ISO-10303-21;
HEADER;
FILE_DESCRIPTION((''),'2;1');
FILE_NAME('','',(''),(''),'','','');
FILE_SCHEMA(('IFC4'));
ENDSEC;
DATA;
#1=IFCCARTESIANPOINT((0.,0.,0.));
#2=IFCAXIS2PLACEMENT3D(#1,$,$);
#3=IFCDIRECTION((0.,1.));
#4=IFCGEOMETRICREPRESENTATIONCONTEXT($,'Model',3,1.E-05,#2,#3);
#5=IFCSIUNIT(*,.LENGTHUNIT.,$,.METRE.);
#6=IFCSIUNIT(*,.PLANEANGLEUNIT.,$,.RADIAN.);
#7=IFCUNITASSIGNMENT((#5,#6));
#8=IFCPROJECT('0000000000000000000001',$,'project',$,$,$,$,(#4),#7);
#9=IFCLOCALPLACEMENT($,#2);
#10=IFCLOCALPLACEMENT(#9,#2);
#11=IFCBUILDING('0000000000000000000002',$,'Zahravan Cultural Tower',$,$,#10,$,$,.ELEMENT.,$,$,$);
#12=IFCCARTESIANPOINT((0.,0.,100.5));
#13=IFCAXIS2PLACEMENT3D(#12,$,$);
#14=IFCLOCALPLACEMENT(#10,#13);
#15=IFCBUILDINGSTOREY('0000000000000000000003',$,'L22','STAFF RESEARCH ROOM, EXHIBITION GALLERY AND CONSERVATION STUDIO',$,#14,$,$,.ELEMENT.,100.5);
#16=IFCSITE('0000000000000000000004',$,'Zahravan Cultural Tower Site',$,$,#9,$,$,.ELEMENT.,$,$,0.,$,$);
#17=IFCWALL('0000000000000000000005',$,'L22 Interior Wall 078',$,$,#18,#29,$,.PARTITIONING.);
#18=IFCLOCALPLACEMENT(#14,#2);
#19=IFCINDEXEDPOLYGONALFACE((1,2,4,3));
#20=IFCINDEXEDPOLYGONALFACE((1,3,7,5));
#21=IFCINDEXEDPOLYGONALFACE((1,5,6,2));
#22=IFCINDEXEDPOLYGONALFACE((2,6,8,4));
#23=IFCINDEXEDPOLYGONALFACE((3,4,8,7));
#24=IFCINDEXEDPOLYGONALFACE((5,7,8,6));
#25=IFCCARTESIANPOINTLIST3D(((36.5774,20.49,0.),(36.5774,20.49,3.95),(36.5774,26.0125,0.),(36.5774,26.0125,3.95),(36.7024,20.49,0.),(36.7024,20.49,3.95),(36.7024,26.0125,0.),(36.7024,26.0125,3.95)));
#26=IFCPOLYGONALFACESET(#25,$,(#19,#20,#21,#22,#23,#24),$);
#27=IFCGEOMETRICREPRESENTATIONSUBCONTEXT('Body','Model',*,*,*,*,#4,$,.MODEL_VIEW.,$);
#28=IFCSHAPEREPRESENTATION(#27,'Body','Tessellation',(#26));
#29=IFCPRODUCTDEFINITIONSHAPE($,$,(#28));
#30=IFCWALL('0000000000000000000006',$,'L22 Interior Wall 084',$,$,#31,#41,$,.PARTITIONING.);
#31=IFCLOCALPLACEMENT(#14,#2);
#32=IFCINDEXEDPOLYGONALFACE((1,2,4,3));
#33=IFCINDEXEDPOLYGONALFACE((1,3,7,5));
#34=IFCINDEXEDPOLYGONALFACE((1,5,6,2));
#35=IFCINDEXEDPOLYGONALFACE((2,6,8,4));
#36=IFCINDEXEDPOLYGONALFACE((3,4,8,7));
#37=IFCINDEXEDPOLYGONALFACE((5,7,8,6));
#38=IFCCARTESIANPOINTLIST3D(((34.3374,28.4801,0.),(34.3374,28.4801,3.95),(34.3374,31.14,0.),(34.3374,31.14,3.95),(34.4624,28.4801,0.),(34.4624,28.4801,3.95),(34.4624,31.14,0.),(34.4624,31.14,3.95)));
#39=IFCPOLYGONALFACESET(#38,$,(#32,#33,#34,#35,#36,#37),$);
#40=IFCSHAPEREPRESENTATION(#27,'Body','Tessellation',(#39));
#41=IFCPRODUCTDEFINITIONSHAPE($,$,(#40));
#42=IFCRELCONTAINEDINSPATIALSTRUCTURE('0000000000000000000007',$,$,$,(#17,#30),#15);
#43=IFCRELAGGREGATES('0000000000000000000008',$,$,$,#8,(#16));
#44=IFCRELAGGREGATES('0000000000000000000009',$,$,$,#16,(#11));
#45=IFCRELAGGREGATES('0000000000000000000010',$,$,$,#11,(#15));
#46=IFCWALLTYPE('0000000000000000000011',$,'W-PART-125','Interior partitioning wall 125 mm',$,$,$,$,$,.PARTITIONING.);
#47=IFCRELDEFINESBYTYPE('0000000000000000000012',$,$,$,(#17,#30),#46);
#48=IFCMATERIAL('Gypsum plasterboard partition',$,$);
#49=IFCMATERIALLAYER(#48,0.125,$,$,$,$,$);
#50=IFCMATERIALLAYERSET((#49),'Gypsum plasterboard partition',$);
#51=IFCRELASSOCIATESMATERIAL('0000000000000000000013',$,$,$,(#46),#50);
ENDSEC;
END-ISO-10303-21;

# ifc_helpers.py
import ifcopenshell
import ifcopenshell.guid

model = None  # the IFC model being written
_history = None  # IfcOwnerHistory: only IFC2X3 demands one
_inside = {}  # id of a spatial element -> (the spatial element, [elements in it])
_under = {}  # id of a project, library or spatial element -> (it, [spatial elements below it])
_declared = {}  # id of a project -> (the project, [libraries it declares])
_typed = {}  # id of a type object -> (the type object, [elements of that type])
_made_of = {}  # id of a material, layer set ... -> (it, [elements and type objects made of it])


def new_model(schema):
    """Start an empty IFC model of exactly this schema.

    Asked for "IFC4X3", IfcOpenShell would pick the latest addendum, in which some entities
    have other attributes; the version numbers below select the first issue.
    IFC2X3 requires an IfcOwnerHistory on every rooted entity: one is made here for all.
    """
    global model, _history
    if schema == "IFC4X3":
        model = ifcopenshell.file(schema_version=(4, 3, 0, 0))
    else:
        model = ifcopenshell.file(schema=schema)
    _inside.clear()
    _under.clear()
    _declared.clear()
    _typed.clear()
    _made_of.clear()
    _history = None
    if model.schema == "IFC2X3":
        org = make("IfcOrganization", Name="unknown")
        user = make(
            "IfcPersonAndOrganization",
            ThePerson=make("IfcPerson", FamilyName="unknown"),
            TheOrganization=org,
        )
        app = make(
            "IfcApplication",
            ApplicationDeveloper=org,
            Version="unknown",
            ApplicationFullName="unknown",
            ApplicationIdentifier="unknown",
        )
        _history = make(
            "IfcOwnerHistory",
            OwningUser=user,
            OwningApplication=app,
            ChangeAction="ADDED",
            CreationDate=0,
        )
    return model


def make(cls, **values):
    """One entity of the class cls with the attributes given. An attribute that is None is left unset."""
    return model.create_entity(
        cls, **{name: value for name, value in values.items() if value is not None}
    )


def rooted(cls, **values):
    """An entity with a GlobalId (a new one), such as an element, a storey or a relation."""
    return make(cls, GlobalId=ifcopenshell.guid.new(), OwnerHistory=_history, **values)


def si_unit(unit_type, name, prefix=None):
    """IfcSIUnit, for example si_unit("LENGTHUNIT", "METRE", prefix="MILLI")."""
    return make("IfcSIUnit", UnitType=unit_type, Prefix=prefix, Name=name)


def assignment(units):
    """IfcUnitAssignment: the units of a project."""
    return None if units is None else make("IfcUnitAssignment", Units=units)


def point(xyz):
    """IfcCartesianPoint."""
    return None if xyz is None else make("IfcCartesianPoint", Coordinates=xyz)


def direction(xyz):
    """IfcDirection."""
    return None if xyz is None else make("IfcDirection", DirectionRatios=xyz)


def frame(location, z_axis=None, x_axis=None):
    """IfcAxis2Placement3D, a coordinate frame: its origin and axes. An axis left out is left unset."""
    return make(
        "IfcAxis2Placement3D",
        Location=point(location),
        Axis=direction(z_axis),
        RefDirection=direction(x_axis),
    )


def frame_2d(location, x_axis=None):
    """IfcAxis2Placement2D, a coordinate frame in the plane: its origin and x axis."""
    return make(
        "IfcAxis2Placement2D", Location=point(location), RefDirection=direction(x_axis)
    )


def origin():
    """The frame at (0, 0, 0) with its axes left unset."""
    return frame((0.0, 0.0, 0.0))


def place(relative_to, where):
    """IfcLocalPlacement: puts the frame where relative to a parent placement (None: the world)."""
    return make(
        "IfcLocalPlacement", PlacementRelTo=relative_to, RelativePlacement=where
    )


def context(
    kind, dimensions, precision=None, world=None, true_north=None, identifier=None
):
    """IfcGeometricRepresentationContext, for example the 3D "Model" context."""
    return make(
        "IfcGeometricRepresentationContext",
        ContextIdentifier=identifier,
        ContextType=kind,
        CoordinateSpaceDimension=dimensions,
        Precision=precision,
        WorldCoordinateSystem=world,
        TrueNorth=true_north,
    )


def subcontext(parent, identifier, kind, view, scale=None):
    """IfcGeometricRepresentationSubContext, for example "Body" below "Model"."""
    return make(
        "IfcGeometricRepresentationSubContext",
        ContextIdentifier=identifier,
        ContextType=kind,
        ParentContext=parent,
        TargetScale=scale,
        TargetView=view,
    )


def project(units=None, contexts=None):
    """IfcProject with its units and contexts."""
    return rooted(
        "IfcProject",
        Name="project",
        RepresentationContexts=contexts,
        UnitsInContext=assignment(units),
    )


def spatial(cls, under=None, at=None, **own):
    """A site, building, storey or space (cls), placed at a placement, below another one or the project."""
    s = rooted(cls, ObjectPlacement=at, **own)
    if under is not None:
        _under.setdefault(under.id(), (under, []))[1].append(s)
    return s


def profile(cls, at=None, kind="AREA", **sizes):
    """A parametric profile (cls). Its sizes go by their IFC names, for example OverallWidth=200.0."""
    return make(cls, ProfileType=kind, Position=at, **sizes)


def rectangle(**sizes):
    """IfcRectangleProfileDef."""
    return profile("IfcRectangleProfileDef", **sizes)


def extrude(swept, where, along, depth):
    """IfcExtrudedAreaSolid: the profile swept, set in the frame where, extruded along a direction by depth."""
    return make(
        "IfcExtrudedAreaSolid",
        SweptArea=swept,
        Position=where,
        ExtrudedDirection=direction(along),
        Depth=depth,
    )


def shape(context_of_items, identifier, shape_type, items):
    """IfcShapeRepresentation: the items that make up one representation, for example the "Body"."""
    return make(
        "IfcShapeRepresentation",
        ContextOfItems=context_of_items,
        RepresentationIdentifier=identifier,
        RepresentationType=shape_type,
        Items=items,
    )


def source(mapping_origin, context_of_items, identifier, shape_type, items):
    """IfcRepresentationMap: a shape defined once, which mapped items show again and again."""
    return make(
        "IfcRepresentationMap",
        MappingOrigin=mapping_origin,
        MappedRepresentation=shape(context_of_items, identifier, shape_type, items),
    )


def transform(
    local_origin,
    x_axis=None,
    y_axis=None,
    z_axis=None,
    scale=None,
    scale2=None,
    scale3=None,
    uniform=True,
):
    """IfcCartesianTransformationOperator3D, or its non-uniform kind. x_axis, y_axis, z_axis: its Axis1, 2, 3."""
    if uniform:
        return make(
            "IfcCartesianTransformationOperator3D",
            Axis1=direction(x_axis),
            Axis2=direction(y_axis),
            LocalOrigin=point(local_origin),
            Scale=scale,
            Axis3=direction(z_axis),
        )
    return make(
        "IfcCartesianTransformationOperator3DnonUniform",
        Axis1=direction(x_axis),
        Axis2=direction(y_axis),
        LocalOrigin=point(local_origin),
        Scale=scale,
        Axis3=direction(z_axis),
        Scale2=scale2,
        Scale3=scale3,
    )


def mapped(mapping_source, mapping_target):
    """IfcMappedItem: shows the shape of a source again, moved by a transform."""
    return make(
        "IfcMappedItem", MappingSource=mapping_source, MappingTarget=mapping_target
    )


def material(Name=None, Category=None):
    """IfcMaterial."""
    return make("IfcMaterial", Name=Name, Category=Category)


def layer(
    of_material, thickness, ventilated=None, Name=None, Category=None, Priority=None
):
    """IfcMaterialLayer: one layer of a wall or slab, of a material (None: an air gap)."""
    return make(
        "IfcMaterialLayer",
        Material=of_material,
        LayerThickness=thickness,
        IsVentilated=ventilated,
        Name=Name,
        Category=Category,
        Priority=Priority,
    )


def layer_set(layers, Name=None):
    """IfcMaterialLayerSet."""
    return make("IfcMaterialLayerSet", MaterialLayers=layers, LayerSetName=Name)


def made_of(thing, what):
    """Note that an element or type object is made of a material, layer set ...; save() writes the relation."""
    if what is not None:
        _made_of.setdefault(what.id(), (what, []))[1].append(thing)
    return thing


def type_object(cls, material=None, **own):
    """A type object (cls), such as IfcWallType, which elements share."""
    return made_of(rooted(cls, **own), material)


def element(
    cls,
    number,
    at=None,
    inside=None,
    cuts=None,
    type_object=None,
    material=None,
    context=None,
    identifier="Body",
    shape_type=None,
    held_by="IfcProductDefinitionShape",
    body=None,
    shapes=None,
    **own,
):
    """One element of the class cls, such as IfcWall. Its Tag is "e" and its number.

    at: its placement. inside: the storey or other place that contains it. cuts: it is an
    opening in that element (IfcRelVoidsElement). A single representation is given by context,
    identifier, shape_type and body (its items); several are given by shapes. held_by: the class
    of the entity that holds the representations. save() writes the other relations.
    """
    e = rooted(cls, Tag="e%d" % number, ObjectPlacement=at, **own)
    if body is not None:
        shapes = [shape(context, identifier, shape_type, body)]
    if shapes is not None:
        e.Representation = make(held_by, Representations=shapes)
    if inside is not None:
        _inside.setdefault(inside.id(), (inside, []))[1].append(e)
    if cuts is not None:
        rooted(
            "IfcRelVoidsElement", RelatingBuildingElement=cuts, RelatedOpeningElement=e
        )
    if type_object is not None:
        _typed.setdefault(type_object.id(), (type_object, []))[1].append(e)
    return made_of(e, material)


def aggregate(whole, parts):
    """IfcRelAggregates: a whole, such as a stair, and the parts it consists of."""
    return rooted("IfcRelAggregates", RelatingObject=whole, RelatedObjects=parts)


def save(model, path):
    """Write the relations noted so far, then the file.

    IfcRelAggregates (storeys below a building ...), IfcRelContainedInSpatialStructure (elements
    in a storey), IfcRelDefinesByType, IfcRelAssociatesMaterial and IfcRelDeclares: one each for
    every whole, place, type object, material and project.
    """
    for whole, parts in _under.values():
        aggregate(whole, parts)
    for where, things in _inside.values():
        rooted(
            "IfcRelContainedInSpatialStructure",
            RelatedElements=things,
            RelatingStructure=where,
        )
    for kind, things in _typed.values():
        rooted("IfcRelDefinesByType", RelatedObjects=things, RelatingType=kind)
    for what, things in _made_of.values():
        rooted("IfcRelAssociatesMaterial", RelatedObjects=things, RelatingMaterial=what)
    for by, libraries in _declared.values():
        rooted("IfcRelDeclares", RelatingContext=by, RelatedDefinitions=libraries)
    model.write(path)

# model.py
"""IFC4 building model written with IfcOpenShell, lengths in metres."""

from ifc_helpers import new_model, si_unit, direction, frame, frame_2d, origin, place, context, subcontext, project, spatial, rectangle, extrude, source, transform, mapped, material, layer, layer_set, type_object, element, save


model = new_model("IFC4")

# Units and contexts
model_context = context("Model", 3, precision=1e-05, world=origin(), true_north=direction((0.0, 1.0)))
body_context = subcontext(model_context, "Body", "Model", "MODEL_VIEW")
ifc_project = project(units=[si_unit("LENGTHUNIT", "METRE"), si_unit("PLANEANGLEUNIT", "RADIAN")], contexts=[model_context])

# Site, building, storey
site_placement = place(None, origin())
site = spatial("IfcSite", under=ifc_project, at=site_placement, Name="Zahravan Cultural Tower Site", CompositionType="ELEMENT", RefElevation=0.0)
building_placement = place(site_placement, origin())
building = spatial("IfcBuilding", under=site, at=building_placement, Name="Zahravan Cultural Tower", CompositionType="ELEMENT")
storey_placement = place(building_placement, frame((0.0, 0.0, 100.5)))
storey = spatial("IfcBuildingStorey", under=building, at=storey_placement, Name="L22", Description="STAFF RESEARCH ROOM, EXHIBITION GALLERY AND CONSERVATION STUDIO", CompositionType="ELEMENT", Elevation=100.5)

# Shared definitions
ifc_material_1 = material(Name="Gypsum plasterboard partition")
ifc_layer_1 = layer(ifc_material_1, 0.125)
ifc_layer_set_1 = layer_set([ifc_layer_1], Name="Gypsum plasterboard partition")
wall_type_1 = type_object("IfcWallType", Name="W-PART-125", Description="Interior partitioning wall 125 mm", PredefinedType="PARTITIONING", material=ifc_layer_set_1)

# Walls
shared_shape_1 = source(origin(), body_context, "Body", "SweptSolid", [
    extrude(rectangle(XDim=5.5225, YDim=0.125, at=frame_2d((2.7612, 0.0))), origin(), (0.0, 0.0, 1.0), 3.95),
])
wall_1_placement = place(storey_placement, frame((36.6399, 26.0125, 0.0), z_axis=(0.0, 0.0, 1.0), x_axis=(0.0, -1.0, 0.0)))
element("IfcWall", 1, at=wall_1_placement, inside=storey, type_object=wall_type_1, Name="L22 Interior Wall 078", PredefinedType="PARTITIONING", context=body_context, shape_type="MappedRepresentation", body=[
    mapped(shared_shape_1, transform((0.0, 0.0, 0.0), x_axis=(1.0, 0.0, 0.0), y_axis=(0.0, 1.0, 0.0), z_axis=(0.0, 0.0, 1.0), scale=1.0)),
])
shared_shape_2 = source(origin(), body_context, "Body", "SweptSolid", [
    extrude(rectangle(XDim=2.6599, YDim=0.125, at=frame_2d((1.3301, 0.0))), origin(), (0.0, 0.0, 1.0), 3.95),
])
wall_2_placement = place(storey_placement, frame((34.3999, 28.48, 0.0), z_axis=(0.0, 0.0, 1.0), x_axis=(0.0, 1.0, 0.0)))
element("IfcWall", 2, at=wall_2_placement, inside=storey, type_object=wall_type_1, Name="L22 Interior Wall 084", PredefinedType="PARTITIONING", context=body_context, shape_type="MappedRepresentation", body=[
    mapped(shared_shape_2, transform((0.0, 0.0, 0.0), x_axis=(1.0, 0.0, 0.0), y_axis=(0.0, 1.0, 0.0), z_axis=(0.0, 0.0, 1.0), scale=1.0)),
])

save(model, "model.ifc")
